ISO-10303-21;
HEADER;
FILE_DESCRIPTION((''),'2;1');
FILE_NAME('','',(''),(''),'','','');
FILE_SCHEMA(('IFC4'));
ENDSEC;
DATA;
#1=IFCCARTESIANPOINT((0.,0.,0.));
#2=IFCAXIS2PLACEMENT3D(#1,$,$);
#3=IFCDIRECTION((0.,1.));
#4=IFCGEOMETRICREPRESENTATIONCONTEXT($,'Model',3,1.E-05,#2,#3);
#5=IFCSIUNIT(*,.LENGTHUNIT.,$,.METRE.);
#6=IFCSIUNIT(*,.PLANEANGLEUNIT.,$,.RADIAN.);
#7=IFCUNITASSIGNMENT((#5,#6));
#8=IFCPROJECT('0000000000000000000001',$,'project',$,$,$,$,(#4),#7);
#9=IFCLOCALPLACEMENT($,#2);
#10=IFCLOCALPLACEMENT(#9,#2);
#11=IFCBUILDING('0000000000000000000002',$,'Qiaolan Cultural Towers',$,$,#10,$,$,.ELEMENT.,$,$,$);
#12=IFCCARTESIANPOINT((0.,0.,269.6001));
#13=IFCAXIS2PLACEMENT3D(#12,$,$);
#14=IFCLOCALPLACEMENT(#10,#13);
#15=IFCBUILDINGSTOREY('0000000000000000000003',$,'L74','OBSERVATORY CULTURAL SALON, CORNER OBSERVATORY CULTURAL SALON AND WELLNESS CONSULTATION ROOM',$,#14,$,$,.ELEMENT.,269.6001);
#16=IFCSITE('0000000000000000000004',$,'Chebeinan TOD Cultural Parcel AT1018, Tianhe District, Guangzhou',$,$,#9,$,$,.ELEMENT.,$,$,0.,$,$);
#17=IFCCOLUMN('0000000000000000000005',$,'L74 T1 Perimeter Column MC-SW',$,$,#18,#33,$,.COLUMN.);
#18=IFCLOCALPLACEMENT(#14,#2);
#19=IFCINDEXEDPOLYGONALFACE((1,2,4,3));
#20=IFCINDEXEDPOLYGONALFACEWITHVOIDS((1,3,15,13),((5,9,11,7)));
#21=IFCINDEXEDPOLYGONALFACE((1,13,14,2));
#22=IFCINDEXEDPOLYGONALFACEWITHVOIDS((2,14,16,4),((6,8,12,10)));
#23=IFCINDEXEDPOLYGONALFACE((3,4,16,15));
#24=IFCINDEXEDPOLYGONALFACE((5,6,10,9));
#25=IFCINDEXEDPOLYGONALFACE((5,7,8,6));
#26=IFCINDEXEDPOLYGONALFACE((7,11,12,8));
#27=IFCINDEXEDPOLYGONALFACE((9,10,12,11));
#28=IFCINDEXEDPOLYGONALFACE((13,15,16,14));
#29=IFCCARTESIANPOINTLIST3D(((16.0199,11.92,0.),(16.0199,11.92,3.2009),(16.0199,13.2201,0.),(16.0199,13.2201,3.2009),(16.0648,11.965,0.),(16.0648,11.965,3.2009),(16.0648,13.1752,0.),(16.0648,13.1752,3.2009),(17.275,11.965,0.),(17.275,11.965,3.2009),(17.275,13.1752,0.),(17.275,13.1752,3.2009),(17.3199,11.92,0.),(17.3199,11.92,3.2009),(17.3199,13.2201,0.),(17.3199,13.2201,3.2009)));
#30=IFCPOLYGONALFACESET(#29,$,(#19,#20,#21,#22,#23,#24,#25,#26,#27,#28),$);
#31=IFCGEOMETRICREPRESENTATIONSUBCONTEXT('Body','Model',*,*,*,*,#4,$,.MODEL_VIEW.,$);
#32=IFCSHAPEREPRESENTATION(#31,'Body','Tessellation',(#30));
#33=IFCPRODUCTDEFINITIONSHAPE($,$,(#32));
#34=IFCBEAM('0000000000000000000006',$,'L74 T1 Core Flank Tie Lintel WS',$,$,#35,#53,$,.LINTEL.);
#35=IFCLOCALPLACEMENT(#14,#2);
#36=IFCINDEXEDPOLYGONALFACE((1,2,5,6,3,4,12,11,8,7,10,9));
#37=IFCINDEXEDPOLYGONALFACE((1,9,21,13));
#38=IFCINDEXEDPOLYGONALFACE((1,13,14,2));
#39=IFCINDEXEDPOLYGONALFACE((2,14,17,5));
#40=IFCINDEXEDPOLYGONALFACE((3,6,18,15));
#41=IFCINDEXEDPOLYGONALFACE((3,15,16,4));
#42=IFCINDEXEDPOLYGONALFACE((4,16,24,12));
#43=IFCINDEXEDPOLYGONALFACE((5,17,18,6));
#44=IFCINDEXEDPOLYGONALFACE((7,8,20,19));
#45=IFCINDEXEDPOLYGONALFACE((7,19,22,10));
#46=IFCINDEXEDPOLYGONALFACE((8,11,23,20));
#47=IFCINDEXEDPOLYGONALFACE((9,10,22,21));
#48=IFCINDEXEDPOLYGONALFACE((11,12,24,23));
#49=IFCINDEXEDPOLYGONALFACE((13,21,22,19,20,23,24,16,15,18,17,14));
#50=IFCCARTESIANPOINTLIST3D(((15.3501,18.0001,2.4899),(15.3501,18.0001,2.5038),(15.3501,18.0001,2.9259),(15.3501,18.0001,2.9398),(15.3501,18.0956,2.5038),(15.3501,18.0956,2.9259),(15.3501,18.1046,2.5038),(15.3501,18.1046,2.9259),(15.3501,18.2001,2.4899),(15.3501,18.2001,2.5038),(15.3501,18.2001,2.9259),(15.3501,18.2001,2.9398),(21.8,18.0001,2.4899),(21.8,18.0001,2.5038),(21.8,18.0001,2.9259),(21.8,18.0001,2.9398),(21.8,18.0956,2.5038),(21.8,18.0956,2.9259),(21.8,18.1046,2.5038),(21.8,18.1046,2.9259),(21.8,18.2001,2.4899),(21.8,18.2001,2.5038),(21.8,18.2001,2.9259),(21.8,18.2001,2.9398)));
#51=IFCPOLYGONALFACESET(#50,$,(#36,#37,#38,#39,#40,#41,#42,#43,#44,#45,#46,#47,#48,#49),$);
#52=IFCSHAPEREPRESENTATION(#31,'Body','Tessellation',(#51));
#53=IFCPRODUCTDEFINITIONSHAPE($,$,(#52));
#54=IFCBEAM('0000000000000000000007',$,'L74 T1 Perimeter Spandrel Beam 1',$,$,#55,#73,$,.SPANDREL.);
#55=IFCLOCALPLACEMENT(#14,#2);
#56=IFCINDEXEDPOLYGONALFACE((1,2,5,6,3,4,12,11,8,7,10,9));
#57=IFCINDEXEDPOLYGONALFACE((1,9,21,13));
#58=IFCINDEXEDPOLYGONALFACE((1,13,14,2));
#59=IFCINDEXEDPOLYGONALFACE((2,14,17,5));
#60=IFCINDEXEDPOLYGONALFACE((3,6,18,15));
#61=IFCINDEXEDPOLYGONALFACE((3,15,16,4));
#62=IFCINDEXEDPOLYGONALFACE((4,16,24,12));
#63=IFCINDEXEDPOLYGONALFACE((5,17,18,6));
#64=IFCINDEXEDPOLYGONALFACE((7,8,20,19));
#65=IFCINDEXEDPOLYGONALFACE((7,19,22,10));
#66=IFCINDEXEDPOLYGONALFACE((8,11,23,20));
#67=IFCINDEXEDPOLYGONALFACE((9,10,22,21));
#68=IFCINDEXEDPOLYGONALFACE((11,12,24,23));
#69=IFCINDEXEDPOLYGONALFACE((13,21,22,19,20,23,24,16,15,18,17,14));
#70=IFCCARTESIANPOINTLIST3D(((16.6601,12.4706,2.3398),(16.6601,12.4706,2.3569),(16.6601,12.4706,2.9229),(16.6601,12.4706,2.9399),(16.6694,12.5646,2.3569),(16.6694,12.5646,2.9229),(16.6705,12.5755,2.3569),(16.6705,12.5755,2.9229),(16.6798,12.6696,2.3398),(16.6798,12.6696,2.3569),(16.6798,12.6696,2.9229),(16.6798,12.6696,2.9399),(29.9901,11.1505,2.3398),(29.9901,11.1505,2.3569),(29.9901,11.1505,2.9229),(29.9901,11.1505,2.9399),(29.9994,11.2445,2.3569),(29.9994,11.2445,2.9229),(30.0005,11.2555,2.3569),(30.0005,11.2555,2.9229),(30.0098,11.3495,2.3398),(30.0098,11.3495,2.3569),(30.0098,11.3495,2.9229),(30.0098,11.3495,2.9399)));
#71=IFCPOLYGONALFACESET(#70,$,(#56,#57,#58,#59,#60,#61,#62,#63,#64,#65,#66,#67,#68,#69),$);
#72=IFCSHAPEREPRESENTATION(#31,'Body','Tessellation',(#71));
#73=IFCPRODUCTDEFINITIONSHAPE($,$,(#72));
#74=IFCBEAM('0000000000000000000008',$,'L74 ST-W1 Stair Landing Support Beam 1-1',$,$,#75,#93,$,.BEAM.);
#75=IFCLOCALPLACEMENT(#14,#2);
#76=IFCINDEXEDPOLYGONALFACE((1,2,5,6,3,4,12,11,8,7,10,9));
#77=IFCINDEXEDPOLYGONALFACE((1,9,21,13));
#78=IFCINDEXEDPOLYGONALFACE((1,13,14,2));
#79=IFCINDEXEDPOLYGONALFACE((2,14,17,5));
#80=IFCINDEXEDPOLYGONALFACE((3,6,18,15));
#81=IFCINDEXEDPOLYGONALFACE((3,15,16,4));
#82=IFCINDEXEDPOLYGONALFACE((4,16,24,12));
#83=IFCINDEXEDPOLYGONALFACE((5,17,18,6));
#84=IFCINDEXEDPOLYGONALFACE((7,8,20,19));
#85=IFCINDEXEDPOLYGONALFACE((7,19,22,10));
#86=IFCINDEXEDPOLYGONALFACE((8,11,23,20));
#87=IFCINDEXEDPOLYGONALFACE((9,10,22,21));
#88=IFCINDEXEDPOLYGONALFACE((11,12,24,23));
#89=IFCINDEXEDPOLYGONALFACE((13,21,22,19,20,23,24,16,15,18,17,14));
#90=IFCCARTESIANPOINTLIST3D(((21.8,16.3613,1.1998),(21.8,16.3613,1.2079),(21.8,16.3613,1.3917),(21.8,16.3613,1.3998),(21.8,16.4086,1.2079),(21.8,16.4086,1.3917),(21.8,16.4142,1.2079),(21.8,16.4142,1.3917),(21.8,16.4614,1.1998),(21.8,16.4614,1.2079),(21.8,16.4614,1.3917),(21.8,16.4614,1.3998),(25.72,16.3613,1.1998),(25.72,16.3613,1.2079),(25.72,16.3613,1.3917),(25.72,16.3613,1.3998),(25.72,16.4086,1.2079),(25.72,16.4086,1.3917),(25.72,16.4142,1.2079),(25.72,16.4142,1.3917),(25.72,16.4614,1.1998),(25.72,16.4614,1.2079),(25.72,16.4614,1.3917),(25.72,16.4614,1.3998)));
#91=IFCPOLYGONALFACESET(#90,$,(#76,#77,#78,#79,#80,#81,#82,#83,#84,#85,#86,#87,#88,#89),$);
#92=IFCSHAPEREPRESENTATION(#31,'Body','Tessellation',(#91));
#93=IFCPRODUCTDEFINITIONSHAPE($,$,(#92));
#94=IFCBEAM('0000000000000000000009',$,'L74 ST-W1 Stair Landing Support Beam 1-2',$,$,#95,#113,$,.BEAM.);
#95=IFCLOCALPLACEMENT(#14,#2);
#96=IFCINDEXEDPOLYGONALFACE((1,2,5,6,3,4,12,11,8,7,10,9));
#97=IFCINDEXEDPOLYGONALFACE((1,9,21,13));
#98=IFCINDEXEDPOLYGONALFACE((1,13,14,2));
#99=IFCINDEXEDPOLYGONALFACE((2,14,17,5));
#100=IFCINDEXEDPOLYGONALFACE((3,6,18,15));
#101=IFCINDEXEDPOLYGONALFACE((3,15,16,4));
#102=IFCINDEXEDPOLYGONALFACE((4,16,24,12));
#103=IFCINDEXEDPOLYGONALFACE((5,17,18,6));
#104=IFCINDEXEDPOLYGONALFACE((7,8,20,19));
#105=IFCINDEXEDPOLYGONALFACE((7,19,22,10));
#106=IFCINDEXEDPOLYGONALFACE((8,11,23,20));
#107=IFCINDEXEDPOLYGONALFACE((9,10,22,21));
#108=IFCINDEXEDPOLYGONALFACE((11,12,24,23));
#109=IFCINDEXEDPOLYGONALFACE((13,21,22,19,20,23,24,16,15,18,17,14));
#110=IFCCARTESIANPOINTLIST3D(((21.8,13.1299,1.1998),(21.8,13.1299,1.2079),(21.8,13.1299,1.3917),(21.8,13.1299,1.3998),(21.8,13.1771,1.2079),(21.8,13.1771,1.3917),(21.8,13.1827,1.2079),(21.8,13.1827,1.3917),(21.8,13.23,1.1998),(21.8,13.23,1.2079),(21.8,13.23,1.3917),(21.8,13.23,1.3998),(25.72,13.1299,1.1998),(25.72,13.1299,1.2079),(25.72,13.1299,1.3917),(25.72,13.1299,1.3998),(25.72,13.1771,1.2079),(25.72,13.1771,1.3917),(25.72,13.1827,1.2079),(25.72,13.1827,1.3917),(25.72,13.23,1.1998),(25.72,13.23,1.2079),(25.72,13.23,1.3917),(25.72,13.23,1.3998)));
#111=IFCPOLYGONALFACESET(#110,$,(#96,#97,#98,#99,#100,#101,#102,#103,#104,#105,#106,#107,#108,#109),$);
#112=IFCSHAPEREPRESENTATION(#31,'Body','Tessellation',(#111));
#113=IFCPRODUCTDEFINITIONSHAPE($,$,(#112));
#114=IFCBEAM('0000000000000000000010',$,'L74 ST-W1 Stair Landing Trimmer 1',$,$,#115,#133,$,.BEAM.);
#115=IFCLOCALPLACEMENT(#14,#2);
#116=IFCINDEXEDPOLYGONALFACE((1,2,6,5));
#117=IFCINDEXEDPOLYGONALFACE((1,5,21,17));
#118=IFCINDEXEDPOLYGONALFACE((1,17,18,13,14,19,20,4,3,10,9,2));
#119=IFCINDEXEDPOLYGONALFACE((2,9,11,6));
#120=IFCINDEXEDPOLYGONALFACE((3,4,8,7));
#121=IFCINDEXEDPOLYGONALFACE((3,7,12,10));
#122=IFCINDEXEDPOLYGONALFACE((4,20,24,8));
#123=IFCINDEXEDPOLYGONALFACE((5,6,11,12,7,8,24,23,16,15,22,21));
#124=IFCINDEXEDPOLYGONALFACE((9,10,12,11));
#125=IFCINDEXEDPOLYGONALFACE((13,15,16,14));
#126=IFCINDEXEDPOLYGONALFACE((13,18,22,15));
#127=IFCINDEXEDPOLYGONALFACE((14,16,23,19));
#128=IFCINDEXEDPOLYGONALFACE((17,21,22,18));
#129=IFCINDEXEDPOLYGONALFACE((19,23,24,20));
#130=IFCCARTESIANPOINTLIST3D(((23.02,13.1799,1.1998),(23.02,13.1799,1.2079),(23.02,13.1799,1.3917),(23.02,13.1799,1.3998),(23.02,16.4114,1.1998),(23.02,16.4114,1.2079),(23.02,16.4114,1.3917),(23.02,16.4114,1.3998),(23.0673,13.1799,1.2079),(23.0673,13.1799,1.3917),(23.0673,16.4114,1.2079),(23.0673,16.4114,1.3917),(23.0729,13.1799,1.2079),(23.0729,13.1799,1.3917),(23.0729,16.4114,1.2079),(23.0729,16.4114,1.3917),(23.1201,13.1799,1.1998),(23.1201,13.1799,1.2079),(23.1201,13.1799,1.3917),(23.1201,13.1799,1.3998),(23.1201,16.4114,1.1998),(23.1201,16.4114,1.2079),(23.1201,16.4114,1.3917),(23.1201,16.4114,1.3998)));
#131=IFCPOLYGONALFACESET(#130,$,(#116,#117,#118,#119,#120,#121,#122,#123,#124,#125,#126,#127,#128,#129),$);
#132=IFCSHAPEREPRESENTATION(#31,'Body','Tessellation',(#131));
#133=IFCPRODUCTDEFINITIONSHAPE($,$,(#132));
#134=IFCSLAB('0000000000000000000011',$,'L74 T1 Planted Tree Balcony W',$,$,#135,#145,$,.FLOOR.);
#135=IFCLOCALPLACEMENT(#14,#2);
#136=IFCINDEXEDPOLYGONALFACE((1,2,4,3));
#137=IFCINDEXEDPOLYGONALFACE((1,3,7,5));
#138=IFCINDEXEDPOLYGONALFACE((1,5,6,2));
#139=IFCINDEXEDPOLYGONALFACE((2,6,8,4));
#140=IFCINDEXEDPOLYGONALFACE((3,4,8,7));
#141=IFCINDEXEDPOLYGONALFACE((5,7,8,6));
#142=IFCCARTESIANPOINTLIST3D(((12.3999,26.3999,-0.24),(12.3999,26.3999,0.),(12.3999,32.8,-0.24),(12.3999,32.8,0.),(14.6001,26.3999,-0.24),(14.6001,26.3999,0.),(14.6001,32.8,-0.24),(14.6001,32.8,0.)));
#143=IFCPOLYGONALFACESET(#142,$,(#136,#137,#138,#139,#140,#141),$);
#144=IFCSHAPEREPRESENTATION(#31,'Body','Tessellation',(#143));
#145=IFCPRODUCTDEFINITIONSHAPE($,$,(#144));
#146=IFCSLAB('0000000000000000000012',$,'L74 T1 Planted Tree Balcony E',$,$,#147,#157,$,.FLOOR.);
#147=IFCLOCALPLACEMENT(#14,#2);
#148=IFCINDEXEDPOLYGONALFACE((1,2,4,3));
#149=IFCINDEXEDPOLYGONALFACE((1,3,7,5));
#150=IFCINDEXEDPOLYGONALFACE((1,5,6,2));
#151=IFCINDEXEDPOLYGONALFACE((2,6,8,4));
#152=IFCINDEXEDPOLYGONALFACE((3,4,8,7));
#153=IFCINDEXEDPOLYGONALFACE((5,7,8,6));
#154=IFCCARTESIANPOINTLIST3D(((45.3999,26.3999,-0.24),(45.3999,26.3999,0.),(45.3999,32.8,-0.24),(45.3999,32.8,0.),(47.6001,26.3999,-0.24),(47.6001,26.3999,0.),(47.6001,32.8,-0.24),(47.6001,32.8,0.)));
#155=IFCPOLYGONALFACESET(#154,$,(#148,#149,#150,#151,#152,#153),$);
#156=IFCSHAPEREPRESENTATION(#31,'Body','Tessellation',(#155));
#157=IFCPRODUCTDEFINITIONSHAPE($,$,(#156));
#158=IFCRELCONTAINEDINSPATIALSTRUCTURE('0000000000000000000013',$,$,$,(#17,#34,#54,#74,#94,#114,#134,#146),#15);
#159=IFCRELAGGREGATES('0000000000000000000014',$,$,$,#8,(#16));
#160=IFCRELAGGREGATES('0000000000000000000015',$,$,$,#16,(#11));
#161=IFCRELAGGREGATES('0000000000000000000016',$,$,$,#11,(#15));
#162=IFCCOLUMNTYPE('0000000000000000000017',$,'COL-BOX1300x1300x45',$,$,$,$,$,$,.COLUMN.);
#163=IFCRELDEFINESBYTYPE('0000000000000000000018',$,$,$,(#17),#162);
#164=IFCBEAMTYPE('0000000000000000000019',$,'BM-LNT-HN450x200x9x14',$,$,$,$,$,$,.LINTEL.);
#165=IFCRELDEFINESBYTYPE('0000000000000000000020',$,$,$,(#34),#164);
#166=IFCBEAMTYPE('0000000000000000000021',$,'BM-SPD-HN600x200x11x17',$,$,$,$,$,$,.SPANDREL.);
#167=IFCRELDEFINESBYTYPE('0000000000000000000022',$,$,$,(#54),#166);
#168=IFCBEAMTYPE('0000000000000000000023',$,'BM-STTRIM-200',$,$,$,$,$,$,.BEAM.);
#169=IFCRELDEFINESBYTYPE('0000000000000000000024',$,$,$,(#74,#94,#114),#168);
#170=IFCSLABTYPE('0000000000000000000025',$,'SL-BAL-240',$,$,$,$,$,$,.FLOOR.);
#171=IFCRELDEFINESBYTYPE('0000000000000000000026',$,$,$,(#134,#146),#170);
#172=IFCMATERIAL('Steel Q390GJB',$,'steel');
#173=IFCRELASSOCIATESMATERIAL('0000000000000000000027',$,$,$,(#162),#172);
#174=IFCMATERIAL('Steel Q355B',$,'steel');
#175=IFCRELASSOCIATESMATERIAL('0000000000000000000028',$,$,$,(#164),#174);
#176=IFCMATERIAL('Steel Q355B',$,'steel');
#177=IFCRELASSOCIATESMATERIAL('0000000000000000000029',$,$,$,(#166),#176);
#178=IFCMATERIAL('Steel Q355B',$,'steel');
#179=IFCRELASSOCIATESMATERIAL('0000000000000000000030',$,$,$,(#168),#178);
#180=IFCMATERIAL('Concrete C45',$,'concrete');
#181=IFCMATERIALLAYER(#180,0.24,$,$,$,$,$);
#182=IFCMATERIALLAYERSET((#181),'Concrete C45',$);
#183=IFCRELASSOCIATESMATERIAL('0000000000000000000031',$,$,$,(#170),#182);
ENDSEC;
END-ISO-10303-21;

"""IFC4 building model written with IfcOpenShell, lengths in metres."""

from ifc_helpers import new_model, si_unit, direction, frame, origin, origin_2d, place, context, subcontext, project, spatial, polyline, hollow_rectangle, i_section, outline, extrude, material, layer, layer_set, material_profile, profile_set, type_object, element, save


model = new_model("IFC4")

# Units and contexts
model_context = context("Model", 3, precision=1e-05, world=origin(), true_north=direction((0.0, 1.0)))
body_context = subcontext(model_context, "Body", "Model", "MODEL_VIEW")
ifc_project = project(units=[si_unit("LENGTHUNIT", "METRE"), si_unit("PLANEANGLEUNIT", "RADIAN")], contexts=[model_context])

# Site, building, storey
site_placement = place(None, origin())
site = spatial("IfcSite", under=ifc_project, at=site_placement, Name="Chebeinan TOD Cultural Parcel AT1018, Tianhe District, Guangzhou", CompositionType="ELEMENT", RefElevation=0.0)
building_placement = place(site_placement, origin())
building = spatial("IfcBuilding", under=site, at=building_placement, Name="Qiaolan Cultural Towers", CompositionType="ELEMENT")
storey_placement = place(building_placement, frame((0.0, 0.0, 269.6001)))
storey = spatial("IfcBuildingStorey", under=building, at=storey_placement, Name="L74", Description="OBSERVATORY CULTURAL SALON, CORNER OBSERVATORY CULTURAL SALON AND WELLNESS CONSULTATION ROOM", CompositionType="ELEMENT", Elevation=269.6001)

# Column
ifc_material_1 = material(Name="Steel Q390GJB", Category="steel")
ifc_material_profile_1 = material_profile(ifc_material_1, hollow_rectangle(XDim=1.3, YDim=1.3, WallThickness=0.0449, at=origin_2d()), Name="BOX1300x1300x45")
ifc_profile_set_1 = profile_set([ifc_material_profile_1], Name="Steel Q390GJB")
column_type = type_object("IfcColumnType", Name="COL-BOX1300x1300x45", PredefinedType="COLUMN", material=ifc_profile_set_1)
column_placement = place(storey_placement, frame((16.6699, 12.5701, 0.0), z_axis=(0.0, 0.0, 1.0), x_axis=(1.0, 0.0, 0.0)))
element("IfcColumn", 1, at=column_placement, inside=storey, type_object=column_type, Name="L74 T1 Perimeter Column MC-SW", PredefinedType="COLUMN", context=body_context, shape_type="SweptSolid", body=[
    extrude(hollow_rectangle(XDim=1.3, YDim=1.3, WallThickness=0.0449, at=origin_2d()), origin(), (0.0, 0.0, 1.0), 3.2009),
])

# Beams
ifc_material_2 = material(Name="Steel Q355B", Category="steel")
ifc_material_profile_2 = material_profile(ifc_material_2, i_section(OverallWidth=0.2, OverallDepth=0.45, WebThickness=0.009, FlangeThickness=0.0139, at=origin_2d()), Name="HN450x200x9x14")
ifc_profile_set_2 = profile_set([ifc_material_profile_2], Name="Steel Q355B")
beam_type_1 = type_object("IfcBeamType", Name="BM-LNT-HN450x200x9x14", PredefinedType="LINTEL", material=ifc_profile_set_2)
beam_1_placement = place(storey_placement, frame((21.8, 18.1001, 2.7148), z_axis=(-1.0, 0.0, 0.0), x_axis=(0.0, -1.0, 0.0)))
element("IfcBeam", 2, at=beam_1_placement, inside=storey, type_object=beam_type_1, Name="L74 T1 Core Flank Tie Lintel WS", PredefinedType="LINTEL", context=body_context, shape_type="SweptSolid", body=[
    extrude(i_section(OverallWidth=0.2, OverallDepth=0.45, WebThickness=0.009, FlangeThickness=0.0139, at=origin_2d()), origin(), (0.0, 0.0, 1.0), 6.45),
])
ifc_material_3 = material(Name="Steel Q355B", Category="steel")
ifc_material_profile_3 = material_profile(ifc_material_3, i_section(OverallWidth=0.2, OverallDepth=0.6001, WebThickness=0.011, FlangeThickness=0.0171, at=origin_2d()), Name="HN600x200x11x17")
ifc_profile_set_3 = profile_set([ifc_material_profile_3], Name="Steel Q355B")
beam_type_2 = type_object("IfcBeamType", Name="BM-SPD-HN600x200x11x17", PredefinedType="SPANDREL", material=ifc_profile_set_3)
beam_2_placement = place(storey_placement, frame((16.6699, 12.5701, 2.6399), z_axis=(0.995132, -0.098547, 0.0), x_axis=(0.098547, 0.995132, 0.0)))
element("IfcBeam", 3, at=beam_2_placement, inside=storey, type_object=beam_type_2, Name="L74 T1 Perimeter Spandrel Beam 1", PredefinedType="SPANDREL", context=body_context, shape_type="SweptSolid", body=[
    extrude(i_section(OverallWidth=0.2, OverallDepth=0.6001, WebThickness=0.011, FlangeThickness=0.0171, at=origin_2d()), origin(), (0.0, 0.0, 1.0), 13.3953),
])
ifc_material_4 = material(Name="Steel Q355B", Category="steel")
ifc_material_profile_4 = material_profile(ifc_material_4, i_section(OverallWidth=0.1001, OverallDepth=0.2, WebThickness=0.0056, FlangeThickness=0.0081, at=origin_2d()), Name="HN200x100x5.5x8")
ifc_profile_set_4 = profile_set([ifc_material_profile_4], Name="Steel Q355B")
beam_type_3 = type_object("IfcBeamType", Name="BM-STTRIM-200", PredefinedType="BEAM", material=ifc_profile_set_4)
for number, where, z_axis, x_axis, name in (
    (4, (21.8, 16.4114, 1.2998), (1.0, 0.0, 0.0), (0.0, 1.0, 0.0), "L74 ST-W1 Stair Landing Support Beam 1-1"),
    (5, (21.8, 13.1799, 1.2998), (1.0, 0.0, 0.0), (0.0, 1.0, 0.0), "L74 ST-W1 Stair Landing Support Beam 1-2"),
):
    element("IfcBeam", number, at=place(storey_placement, frame(where, z_axis=z_axis, x_axis=x_axis)), inside=storey, type_object=beam_type_3, Name=name, PredefinedType="BEAM", context=body_context, shape_type="SweptSolid", body=[
        extrude(i_section(OverallWidth=0.1001, OverallDepth=0.2, WebThickness=0.0056, FlangeThickness=0.0081, at=origin_2d()), origin(), (0.0, 0.0, 1.0), 3.9199),
    ])
beam_3_placement = place(storey_placement, frame((23.0701, 16.4114, 1.2998), z_axis=(0.0, -1.0, 0.0), x_axis=(1.0, 0.0, 0.0)))
element("IfcBeam", 6, at=beam_3_placement, inside=storey, type_object=beam_type_3, Name="L74 ST-W1 Stair Landing Trimmer 1", PredefinedType="BEAM", context=body_context, shape_type="SweptSolid", body=[
    extrude(i_section(OverallWidth=0.1001, OverallDepth=0.2, WebThickness=0.0056, FlangeThickness=0.0081, at=origin_2d()), origin(), (0.0, 0.0, 1.0), 3.2314),
])

# Slabs
ifc_material_5 = material(Name="Concrete C45", Category="concrete")
ifc_layer_1 = layer(ifc_material_5, 0.24)
ifc_layer_set_1 = layer_set([ifc_layer_1], Name="Concrete C45")
slab_type_1 = type_object("IfcSlabType", Name="SL-BAL-240", PredefinedType="FLOOR", material=ifc_layer_set_1)
slab_1_placement = place(storey_placement, frame((0.0, 0.0, -0.24)))
element("IfcSlab", 7, at=slab_1_placement, inside=storey, type_object=slab_type_1, Name="L74 T1 Planted Tree Balcony W", PredefinedType="FLOOR", context=body_context, shape_type="SweptSolid", body=[
    extrude(outline(polyline([(12.3999, 26.3999), (14.6001, 26.3999), (14.6001, 32.8), (12.3999, 32.8), (12.3999, 26.3999)])), origin(), (0.0, 0.0, 1.0), 0.24),
])
slab_2_placement = place(storey_placement, frame((0.0, 0.0, -0.24)))
element("IfcSlab", 8, at=slab_2_placement, inside=storey, type_object=slab_type_1, Name="L74 T1 Planted Tree Balcony E", PredefinedType="FLOOR", context=body_context, shape_type="SweptSolid", body=[
    extrude(outline(polyline([(45.3999, 26.3999), (47.6001, 26.3999), (47.6001, 32.8), (45.3999, 32.8), (45.3999, 26.3999)])), origin(), (0.0, 0.0, 1.0), 0.24),
])

save(model, "model.ifc")
